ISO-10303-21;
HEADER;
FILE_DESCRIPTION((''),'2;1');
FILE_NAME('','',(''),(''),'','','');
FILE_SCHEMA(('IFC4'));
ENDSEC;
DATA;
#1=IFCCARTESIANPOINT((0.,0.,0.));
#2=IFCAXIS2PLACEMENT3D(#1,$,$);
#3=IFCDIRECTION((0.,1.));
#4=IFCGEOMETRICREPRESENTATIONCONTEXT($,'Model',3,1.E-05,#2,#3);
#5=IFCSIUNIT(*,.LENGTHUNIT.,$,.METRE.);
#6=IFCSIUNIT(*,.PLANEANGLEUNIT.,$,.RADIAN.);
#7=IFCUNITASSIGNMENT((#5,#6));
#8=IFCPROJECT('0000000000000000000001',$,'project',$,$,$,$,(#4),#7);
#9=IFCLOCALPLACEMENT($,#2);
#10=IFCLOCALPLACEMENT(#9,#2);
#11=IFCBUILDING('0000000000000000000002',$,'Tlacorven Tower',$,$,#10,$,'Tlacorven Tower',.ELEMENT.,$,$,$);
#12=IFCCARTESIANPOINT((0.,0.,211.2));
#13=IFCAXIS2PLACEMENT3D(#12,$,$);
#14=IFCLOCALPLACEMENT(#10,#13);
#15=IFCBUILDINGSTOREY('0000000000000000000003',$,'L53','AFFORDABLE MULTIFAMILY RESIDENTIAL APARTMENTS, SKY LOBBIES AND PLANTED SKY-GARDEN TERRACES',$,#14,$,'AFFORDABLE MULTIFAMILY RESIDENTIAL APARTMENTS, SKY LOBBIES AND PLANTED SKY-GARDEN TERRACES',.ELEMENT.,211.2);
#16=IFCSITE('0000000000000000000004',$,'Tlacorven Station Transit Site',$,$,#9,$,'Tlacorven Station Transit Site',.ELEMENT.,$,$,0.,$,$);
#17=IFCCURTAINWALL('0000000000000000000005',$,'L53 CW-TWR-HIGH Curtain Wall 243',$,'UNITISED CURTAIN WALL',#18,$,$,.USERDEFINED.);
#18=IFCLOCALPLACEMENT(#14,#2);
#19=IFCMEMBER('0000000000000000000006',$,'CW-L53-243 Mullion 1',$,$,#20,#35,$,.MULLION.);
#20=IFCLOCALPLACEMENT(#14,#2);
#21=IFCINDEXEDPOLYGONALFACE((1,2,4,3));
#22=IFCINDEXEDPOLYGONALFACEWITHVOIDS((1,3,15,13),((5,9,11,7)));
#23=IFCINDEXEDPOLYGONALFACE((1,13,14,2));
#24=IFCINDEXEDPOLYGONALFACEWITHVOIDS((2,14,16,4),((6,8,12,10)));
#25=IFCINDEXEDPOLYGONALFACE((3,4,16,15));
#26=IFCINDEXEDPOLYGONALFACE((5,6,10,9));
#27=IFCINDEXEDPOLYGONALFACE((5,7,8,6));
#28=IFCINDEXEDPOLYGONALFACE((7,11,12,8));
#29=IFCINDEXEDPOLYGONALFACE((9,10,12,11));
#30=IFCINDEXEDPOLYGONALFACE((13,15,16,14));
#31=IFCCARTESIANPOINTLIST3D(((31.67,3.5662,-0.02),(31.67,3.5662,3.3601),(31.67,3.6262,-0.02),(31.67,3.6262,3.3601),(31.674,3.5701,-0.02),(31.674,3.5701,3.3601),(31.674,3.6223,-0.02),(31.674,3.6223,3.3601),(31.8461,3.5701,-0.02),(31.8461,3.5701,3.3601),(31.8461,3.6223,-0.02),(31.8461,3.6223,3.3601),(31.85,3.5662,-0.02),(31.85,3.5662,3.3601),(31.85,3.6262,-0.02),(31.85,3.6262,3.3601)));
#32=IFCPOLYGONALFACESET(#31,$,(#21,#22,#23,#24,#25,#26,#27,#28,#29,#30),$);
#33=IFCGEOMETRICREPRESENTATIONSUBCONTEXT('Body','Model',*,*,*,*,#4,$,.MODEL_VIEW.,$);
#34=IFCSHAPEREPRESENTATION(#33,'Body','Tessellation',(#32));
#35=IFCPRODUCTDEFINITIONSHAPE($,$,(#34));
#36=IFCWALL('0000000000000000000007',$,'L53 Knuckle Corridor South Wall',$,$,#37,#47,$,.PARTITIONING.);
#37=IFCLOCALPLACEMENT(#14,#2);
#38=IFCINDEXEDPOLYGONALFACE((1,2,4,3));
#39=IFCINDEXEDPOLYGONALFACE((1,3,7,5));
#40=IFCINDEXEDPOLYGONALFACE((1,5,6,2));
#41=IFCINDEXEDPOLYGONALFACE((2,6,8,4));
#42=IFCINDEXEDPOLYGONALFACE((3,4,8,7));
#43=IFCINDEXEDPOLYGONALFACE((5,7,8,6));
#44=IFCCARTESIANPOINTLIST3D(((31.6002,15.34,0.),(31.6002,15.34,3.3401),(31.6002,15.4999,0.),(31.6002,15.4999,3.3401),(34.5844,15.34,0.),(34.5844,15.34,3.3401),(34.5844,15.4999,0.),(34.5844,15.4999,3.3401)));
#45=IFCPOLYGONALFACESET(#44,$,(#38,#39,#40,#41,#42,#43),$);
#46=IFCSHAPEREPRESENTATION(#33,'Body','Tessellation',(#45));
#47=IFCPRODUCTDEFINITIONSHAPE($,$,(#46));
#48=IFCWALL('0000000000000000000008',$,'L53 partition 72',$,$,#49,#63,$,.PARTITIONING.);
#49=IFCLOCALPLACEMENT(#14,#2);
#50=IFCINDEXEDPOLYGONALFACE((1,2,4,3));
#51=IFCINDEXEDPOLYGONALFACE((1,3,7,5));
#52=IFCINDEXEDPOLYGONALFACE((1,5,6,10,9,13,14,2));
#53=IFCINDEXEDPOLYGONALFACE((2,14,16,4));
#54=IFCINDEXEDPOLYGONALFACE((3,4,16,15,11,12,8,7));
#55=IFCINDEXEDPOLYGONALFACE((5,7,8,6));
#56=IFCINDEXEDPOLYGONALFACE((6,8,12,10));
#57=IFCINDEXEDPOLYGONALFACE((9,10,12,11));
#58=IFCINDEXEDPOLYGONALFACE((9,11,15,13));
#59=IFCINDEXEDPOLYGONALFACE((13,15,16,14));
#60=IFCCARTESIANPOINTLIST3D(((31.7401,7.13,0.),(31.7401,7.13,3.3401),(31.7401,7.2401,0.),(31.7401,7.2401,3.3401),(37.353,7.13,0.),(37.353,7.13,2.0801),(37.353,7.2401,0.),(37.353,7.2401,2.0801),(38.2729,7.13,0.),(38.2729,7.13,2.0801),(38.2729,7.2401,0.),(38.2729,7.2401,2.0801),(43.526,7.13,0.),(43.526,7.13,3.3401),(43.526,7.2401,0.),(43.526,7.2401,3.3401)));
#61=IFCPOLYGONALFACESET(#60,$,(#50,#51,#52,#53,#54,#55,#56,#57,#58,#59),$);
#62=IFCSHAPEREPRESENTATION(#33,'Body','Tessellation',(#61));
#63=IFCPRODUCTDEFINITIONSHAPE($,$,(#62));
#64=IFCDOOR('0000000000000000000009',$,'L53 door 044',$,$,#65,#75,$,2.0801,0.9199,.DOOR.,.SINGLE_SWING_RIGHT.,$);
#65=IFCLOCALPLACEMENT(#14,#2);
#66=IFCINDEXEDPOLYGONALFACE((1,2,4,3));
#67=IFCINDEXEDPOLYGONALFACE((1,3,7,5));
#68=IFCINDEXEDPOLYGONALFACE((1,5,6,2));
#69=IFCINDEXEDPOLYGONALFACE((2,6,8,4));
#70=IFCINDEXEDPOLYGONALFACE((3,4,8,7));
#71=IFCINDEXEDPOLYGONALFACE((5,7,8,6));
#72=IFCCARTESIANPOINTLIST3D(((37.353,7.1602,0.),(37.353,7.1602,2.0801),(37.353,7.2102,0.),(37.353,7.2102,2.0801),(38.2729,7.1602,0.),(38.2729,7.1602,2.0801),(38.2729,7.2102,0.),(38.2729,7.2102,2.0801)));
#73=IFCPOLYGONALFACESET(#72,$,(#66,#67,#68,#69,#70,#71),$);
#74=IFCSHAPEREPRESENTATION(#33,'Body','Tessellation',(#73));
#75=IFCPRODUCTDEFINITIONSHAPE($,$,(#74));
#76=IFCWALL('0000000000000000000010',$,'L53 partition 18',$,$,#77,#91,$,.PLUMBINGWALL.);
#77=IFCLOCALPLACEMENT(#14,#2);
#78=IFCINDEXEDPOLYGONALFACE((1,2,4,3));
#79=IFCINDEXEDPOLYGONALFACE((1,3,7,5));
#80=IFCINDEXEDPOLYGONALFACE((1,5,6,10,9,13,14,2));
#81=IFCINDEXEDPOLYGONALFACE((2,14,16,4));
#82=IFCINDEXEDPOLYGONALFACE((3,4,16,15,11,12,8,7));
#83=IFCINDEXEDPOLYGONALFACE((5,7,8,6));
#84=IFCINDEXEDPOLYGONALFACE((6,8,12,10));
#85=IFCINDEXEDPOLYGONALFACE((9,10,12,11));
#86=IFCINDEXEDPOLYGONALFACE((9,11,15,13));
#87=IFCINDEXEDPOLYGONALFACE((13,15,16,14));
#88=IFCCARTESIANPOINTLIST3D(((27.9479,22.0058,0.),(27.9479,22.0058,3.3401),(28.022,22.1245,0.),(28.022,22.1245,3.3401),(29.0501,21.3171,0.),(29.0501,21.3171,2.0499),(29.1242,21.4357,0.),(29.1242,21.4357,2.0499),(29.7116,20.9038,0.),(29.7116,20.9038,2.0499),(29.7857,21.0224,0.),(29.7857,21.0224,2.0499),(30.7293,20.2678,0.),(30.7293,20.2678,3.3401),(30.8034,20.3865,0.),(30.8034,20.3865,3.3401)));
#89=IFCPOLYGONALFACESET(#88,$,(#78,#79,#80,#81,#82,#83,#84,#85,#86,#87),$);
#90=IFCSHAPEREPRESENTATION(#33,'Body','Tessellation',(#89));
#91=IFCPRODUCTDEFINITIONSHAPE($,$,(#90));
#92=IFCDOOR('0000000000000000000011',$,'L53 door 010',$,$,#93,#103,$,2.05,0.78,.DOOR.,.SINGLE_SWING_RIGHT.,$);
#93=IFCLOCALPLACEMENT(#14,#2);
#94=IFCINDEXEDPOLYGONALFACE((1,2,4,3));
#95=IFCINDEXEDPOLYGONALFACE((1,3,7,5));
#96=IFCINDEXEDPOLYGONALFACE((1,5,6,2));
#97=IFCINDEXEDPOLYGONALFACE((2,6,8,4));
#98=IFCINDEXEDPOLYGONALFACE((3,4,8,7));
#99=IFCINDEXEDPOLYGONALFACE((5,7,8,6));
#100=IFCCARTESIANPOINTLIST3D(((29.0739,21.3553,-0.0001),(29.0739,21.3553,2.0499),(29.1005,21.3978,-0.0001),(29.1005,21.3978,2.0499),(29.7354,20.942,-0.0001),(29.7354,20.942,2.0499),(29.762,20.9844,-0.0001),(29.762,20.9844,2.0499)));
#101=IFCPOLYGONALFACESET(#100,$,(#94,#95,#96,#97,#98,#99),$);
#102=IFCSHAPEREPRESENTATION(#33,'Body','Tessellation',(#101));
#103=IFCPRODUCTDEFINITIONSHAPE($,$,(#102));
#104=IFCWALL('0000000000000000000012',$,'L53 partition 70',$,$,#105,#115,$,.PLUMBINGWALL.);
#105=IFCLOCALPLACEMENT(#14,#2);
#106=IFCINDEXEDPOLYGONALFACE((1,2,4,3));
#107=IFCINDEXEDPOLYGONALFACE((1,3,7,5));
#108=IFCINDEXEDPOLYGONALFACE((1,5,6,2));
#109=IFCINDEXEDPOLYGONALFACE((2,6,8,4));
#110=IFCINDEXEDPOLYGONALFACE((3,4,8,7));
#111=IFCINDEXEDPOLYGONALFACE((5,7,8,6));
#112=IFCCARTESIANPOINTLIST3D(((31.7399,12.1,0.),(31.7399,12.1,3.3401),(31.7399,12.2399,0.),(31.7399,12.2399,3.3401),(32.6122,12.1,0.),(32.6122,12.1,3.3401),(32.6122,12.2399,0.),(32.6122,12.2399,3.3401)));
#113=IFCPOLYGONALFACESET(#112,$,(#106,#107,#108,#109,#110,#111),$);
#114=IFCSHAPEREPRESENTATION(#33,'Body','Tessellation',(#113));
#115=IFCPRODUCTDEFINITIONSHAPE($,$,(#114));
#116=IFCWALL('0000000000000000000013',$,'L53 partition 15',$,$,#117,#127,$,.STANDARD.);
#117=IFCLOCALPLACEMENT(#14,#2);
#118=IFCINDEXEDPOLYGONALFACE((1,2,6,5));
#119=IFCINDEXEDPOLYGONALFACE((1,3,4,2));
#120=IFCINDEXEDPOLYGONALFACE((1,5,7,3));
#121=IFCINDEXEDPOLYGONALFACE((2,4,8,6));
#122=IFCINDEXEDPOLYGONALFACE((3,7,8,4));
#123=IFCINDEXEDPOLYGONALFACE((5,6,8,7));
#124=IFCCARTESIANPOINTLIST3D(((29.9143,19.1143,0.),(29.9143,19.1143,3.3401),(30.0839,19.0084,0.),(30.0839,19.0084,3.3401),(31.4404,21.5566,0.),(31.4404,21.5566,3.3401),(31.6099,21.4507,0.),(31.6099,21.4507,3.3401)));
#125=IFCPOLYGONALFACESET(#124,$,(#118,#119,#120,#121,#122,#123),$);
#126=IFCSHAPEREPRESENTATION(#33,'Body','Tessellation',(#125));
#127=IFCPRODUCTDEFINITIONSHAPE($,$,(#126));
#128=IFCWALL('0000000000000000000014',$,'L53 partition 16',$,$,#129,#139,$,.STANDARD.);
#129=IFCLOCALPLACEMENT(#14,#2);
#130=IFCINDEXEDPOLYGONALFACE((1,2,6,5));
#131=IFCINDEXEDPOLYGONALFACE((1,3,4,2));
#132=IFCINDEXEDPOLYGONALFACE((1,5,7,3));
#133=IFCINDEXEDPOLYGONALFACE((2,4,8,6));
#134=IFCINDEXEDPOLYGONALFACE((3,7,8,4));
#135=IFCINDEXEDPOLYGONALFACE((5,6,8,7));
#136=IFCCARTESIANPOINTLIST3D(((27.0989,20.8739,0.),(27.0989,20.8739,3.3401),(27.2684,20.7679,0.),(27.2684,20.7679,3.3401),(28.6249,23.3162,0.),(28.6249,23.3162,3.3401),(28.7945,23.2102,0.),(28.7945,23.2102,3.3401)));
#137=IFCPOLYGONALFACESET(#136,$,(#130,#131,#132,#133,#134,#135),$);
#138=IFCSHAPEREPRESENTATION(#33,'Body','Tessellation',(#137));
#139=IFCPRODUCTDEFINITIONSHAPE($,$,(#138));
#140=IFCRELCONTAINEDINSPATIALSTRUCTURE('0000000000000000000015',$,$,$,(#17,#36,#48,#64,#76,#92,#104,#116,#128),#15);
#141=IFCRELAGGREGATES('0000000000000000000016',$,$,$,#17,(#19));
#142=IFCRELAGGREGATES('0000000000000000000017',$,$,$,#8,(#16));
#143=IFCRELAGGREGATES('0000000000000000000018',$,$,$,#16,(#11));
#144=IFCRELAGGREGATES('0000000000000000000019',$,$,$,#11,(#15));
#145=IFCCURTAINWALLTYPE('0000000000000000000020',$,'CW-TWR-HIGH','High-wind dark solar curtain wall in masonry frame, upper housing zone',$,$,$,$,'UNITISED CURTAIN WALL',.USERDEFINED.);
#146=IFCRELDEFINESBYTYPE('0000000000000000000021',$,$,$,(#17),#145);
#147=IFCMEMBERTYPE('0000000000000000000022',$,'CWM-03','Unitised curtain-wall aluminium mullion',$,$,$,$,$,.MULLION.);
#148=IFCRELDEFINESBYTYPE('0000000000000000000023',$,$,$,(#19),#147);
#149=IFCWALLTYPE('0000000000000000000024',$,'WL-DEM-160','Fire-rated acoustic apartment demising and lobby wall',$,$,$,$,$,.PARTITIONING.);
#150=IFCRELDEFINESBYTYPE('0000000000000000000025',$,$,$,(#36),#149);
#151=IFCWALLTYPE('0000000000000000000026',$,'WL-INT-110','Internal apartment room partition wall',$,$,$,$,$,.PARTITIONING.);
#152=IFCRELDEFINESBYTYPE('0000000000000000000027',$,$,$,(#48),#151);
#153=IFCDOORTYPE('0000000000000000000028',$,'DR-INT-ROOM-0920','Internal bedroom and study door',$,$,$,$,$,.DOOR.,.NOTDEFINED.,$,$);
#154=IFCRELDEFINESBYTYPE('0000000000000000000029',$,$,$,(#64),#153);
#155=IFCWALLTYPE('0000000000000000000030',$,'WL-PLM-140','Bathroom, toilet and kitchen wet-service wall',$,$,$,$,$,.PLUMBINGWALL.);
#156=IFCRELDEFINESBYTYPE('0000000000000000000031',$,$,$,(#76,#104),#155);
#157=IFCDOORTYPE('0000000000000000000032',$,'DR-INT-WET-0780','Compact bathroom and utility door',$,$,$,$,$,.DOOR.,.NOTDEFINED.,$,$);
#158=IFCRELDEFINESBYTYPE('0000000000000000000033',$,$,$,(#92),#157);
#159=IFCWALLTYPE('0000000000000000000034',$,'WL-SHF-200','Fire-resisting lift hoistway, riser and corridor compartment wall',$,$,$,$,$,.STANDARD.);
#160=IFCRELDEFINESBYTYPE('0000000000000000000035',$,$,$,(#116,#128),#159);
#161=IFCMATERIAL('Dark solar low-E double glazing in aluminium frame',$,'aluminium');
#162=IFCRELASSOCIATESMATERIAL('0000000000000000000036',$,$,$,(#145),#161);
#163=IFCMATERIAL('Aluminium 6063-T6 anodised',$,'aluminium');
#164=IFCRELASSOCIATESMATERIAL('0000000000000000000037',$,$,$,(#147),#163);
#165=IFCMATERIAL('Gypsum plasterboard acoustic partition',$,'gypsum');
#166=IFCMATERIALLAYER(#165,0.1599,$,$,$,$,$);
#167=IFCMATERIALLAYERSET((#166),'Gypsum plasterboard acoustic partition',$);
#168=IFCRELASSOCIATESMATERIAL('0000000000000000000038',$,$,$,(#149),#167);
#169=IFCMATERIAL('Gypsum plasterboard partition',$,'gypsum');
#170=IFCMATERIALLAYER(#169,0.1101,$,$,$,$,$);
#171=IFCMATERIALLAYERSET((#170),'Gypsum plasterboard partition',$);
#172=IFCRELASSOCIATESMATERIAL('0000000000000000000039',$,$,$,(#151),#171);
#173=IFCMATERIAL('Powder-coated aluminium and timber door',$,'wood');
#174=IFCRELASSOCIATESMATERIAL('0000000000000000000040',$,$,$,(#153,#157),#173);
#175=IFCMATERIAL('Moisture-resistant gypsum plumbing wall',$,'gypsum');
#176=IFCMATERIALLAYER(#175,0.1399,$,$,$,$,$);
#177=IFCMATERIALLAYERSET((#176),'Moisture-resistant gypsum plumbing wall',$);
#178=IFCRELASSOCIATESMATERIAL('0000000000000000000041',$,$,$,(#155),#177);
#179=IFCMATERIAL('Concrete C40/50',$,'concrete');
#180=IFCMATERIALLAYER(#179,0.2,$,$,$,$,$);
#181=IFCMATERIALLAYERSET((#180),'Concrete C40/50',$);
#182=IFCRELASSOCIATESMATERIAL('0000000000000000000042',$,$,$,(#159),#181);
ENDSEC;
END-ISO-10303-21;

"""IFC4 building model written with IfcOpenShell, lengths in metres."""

from ifc_helpers import new_model, si_unit, direction, frame, frame_2d, origin, origin_2d, place, context, subcontext, project, spatial, rectangle, hollow_rectangle, extrude, source, transform, mapped, material, layer, layer_set, material_profile, profile_set, type_object, element, fill, aggregate, save


model = new_model("IFC4")

# Units and contexts
model_context = context("Model", 3, precision=1e-05, world=origin(), true_north=direction((0.0, 1.0)))
body_context = subcontext(model_context, "Body", "Model", "MODEL_VIEW")
ifc_project = project(units=[si_unit("LENGTHUNIT", "METRE"), si_unit("PLANEANGLEUNIT", "RADIAN")], contexts=[model_context])

# Site, building, storey
site_placement = place(None, origin())
site = spatial("IfcSite", under=ifc_project, at=site_placement, Name="Tlacorven Station Transit Site", LongName="Tlacorven Station Transit Site", CompositionType="ELEMENT", RefElevation=0.0)
building_placement = place(site_placement, origin())
building = spatial("IfcBuilding", under=site, at=building_placement, Name="Tlacorven Tower", LongName="Tlacorven Tower", CompositionType="ELEMENT")
storey_placement = place(building_placement, frame((0.0, 0.0, 211.2)))
storey = spatial("IfcBuildingStorey", under=building, at=storey_placement, Name="L53", Description="AFFORDABLE MULTIFAMILY RESIDENTIAL APARTMENTS, SKY LOBBIES AND PLANTED SKY-GARDEN TERRACES", LongName="AFFORDABLE MULTIFAMILY RESIDENTIAL APARTMENTS, SKY LOBBIES AND PLANTED SKY-GARDEN TERRACES", CompositionType="ELEMENT", Elevation=211.2)

# Curtain wall, member
ifc_material_1 = material(Name="Dark solar low-E double glazing in aluminium frame", Category="aluminium")
curtain_wall_type = type_object("IfcCurtainWallType", Name="CW-TWR-HIGH", Description="High-wind dark solar curtain wall in masonry frame, upper housing zone", ElementType="UNITISED CURTAIN WALL", PredefinedType="USERDEFINED", material=ifc_material_1)
curtain_wall_placement = place(storey_placement, origin())
curtain_wall = element("IfcCurtainWall", 1, at=curtain_wall_placement, inside=storey, type_object=curtain_wall_type, Name="L53 CW-TWR-HIGH Curtain Wall 243", ObjectType="UNITISED CURTAIN WALL", PredefinedType="USERDEFINED")
ifc_material_2 = material(Name="Aluminium 6063-T6 anodised", Category="aluminium")
ifc_material_profile = material_profile(ifc_material_2, hollow_rectangle(XDim=0.0601, YDim=0.1799, WallThickness=0.0039, at=origin_2d()), Name="ALU MULLION 60X180")
ifc_profile_set = profile_set([ifc_material_profile], Name="Aluminium 6063-T6 anodised")
member_type = type_object("IfcMemberType", Name="CWM-03", Description="Unitised curtain-wall aluminium mullion", PredefinedType="MULLION", material=ifc_profile_set)
shared_shape_1 = source(origin(), body_context, "Body", "SweptSolid", [
    extrude(hollow_rectangle(XDim=0.0601, YDim=0.1799, WallThickness=0.0039, at=origin_2d()), origin(), (0.0, 0.0, 1.0), 3.3801),
])
member_placement = place(storey_placement, frame((31.76, 3.5962, -0.02), z_axis=(0.0, 0.0, 1.0), x_axis=(0.0, 1.0, 0.0)))
member = element("IfcMember", 2, at=member_placement, type_object=member_type, Name="CW-L53-243 Mullion 1", PredefinedType="MULLION", context=body_context, shape_type="MappedRepresentation", body=[
    mapped(shared_shape_1, transform((0.0, 0.0, 0.0), scale=1.0)),
])
aggregate(curtain_wall, [member])

# Wall
ifc_material_3 = material(Name="Gypsum plasterboard acoustic partition", Category="gypsum")
ifc_layer_1 = layer(ifc_material_3, 0.1599)
ifc_layer_set_1 = layer_set([ifc_layer_1], Name="Gypsum plasterboard acoustic partition")
wall_type_1 = type_object("IfcWallType", Name="WL-DEM-160", Description="Fire-rated acoustic apartment demising and lobby wall", PredefinedType="PARTITIONING", material=ifc_layer_set_1)
wall_1_placement = place(storey_placement, frame((31.6001, 15.4199, 0.0), z_axis=(0.0, 0.0, 1.0), x_axis=(1.0, 0.0, 0.0)))
element("IfcWall", 3, at=wall_1_placement, inside=storey, type_object=wall_type_1, Name="L53 Knuckle Corridor South Wall", PredefinedType="PARTITIONING", context=body_context, shape_type="SweptSolid", body=[
    extrude(rectangle(XDim=2.9841, YDim=0.1599, at=frame_2d((1.4922, 0.0))), origin(), (0.0, 0.0, 1.0), 3.3401),
])

# Walls, openings, doors
ifc_material_4 = material(Name="Gypsum plasterboard partition", Category="gypsum")
ifc_layer_2 = layer(ifc_material_4, 0.1101)
ifc_layer_set_2 = layer_set([ifc_layer_2], Name="Gypsum plasterboard partition")
wall_type_2 = type_object("IfcWallType", Name="WL-INT-110", Description="Internal apartment room partition wall", PredefinedType="PARTITIONING", material=ifc_layer_set_2)
wall_2_placement = place(storey_placement, frame((31.74, 7.1851, 0.0), z_axis=(0.0, 0.0, 1.0), x_axis=(1.0, 0.0, 0.0)))
wall_2 = element("IfcWall", 4, at=wall_2_placement, inside=storey, type_object=wall_type_2, Name="L53 partition 72", PredefinedType="PARTITIONING", context=body_context, shape_type="SweptSolid", body=[
    extrude(rectangle(XDim=11.7859, YDim=0.1101, at=frame_2d((5.8931, 0.0))), origin(), (0.0, 0.0, 1.0), 3.3401),
])
opening_1_placement = place(wall_2_placement, frame((5.613, 0.0, 0.0)))
opening_1 = element("IfcOpeningElement", 5, at=opening_1_placement, cuts=wall_2, PredefinedType="OPENING", context=body_context, shape_type="SweptSolid", body=[
    extrude(rectangle(XDim=0.9199, YDim=2.0801, at=frame_2d((0.46, 1.04))), frame((0.0, 0.0649, 0.0), z_axis=(0.0, -1.0, 0.0), x_axis=(1.0, 0.0, 0.0)), (0.0, 0.0, 1.0), 0.1301),
])
ifc_material_5 = material(Name="Powder-coated aluminium and timber door", Category="wood")
door_type_1 = type_object("IfcDoorType", Name="DR-INT-ROOM-0920", Description="Internal bedroom and study door", OperationType="NOTDEFINED", PredefinedType="DOOR", material=ifc_material_5)
shared_shape_2 = source(origin(), body_context, "Body", "SweptSolid", [
    extrude(rectangle(XDim=0.9199, YDim=2.0801, at=frame_2d((0.46, 1.04))), frame((0.0, 0.0249, 0.0), z_axis=(0.0, -1.0, 0.0), x_axis=(1.0, 0.0, 0.0)), (0.0, 0.0, 1.0), 0.05),
])
door_1_placement = place(opening_1_placement, frame((0.9199, 0.0, 0.0), z_axis=(0.0, 0.0, 1.0), x_axis=(-1.0, 0.0, 0.0)))
door_1 = element("IfcDoor", 6, at=door_1_placement, inside=storey, type_object=door_type_1, Name="L53 door 044", OperationType="SINGLE_SWING_RIGHT", OverallHeight=2.0801, OverallWidth=0.9199, PredefinedType="DOOR", context=body_context, shape_type="MappedRepresentation", body=[
    mapped(shared_shape_2, transform((0.0, 0.0, 0.0), scale=1.0)),
])
fill(opening_1, door_1)
ifc_material_6 = material(Name="Moisture-resistant gypsum plumbing wall", Category="gypsum")
ifc_layer_3 = layer(ifc_material_6, 0.1399)
ifc_layer_set_3 = layer_set([ifc_layer_3], Name="Moisture-resistant gypsum plumbing wall")
wall_type_3 = type_object("IfcWallType", Name="WL-PLM-140", Description="Bathroom, toilet and kitchen wet-service wall", PredefinedType="PLUMBINGWALL", material=ifc_layer_set_3)
wall_3_placement = place(storey_placement, frame((30.7664, 20.3271, 0.0), z_axis=(0.0, 0.0, 1.0), x_axis=(-0.848053, 0.529912, 0.0)))
wall_3 = element("IfcWall", 7, at=wall_3_placement, inside=storey, type_object=wall_type_3, Name="L53 partition 18", PredefinedType="PLUMBINGWALL", context=body_context, shape_type="SweptSolid", body=[
    extrude(rectangle(XDim=3.2798, YDim=0.1399, at=frame_2d((1.6399, 0.0))), origin(), (0.0, 0.0, 1.0), 3.3401),
])
opening_2_placement = place(wall_3_placement, frame((1.2, 0.0, 0.0)))
opening_2 = element("IfcOpeningElement", 8, at=opening_2_placement, cuts=wall_3, PredefinedType="OPENING", context=body_context, shape_type="SweptSolid", body=[
    extrude(rectangle(XDim=0.78, YDim=2.05, at=frame_2d((0.3901, 1.0249))), frame((0.0, 0.0801, 0.0), z_axis=(0.0, -1.0, 0.0), x_axis=(1.0, 0.0, 0.0)), (0.0, 0.0, 1.0), 0.1599),
])
door_type_2 = type_object("IfcDoorType", Name="DR-INT-WET-0780", Description="Compact bathroom and utility door", OperationType="NOTDEFINED", PredefinedType="DOOR", material=ifc_material_5)
shared_shape_3 = source(origin(), body_context, "Body", "SweptSolid", [
    extrude(rectangle(XDim=0.78, YDim=2.05, at=frame_2d((0.3901, 1.0249))), frame((0.0, 0.0249, 0.0), z_axis=(0.0, -1.0, 0.0), x_axis=(1.0, 0.0, 0.0)), (0.0, 0.0, 1.0), 0.05),
])
door_2_placement = place(opening_2_placement, origin())
door_2 = element("IfcDoor", 9, at=door_2_placement, inside=storey, type_object=door_type_2, Name="L53 door 010", OperationType="SINGLE_SWING_RIGHT", OverallHeight=2.05, OverallWidth=0.78, PredefinedType="DOOR", context=body_context, shape_type="MappedRepresentation", body=[
    mapped(shared_shape_3, transform((0.0, 0.0, 0.0), scale=1.0)),
])
fill(opening_2, door_2)

# Walls
wall_4_placement = place(storey_placement, frame((31.74, 12.1699, 0.0), z_axis=(0.0, 0.0, 1.0), x_axis=(1.0, 0.0, 0.0)))
element("IfcWall", 10, at=wall_4_placement, inside=storey, type_object=wall_type_3, Name="L53 partition 70", PredefinedType="PLUMBINGWALL", context=body_context, shape_type="SweptSolid", body=[
    extrude(rectangle(XDim=0.8723, YDim=0.1399, at=frame_2d((0.436, 0.0))), origin(), (0.0, 0.0, 1.0), 3.3401),
])
ifc_material_7 = material(Name="Concrete C40/50", Category="concrete")
ifc_layer_4 = layer(ifc_material_7, 0.2)
ifc_layer_set_4 = layer_set([ifc_layer_4], Name="Concrete C40/50")
wall_type_4 = type_object("IfcWallType", Name="WL-SHF-200", Description="Fire-resisting lift hoistway, riser and corridor compartment wall", PredefinedType="STANDARD", material=ifc_layer_set_4)
for number, where, z_axis, x_axis, name in (
    (11, (31.5251, 21.5037, 0.0), (0.0, 0.0, 1.0), (-0.529907, -0.848055, 0.0), "L53 partition 15"),
    (12, (28.7097, 23.2632, 0.0), (0.0, 0.0, 1.0), (-0.529907, -0.848055, 0.0), "L53 partition 16"),
):
    element("IfcWall", number, at=place(storey_placement, frame(where, z_axis=z_axis, x_axis=x_axis)), inside=storey, type_object=wall_type_4, Name=name, PredefinedType="STANDARD", context=body_context, shape_type="SweptSolid", body=[
        extrude(rectangle(XDim=2.8799, YDim=0.2, at=frame_2d((1.4399, 0.0))), origin(), (0.0, 0.0, 1.0), 3.3401),
    ])

save(model, "model.ifc")
